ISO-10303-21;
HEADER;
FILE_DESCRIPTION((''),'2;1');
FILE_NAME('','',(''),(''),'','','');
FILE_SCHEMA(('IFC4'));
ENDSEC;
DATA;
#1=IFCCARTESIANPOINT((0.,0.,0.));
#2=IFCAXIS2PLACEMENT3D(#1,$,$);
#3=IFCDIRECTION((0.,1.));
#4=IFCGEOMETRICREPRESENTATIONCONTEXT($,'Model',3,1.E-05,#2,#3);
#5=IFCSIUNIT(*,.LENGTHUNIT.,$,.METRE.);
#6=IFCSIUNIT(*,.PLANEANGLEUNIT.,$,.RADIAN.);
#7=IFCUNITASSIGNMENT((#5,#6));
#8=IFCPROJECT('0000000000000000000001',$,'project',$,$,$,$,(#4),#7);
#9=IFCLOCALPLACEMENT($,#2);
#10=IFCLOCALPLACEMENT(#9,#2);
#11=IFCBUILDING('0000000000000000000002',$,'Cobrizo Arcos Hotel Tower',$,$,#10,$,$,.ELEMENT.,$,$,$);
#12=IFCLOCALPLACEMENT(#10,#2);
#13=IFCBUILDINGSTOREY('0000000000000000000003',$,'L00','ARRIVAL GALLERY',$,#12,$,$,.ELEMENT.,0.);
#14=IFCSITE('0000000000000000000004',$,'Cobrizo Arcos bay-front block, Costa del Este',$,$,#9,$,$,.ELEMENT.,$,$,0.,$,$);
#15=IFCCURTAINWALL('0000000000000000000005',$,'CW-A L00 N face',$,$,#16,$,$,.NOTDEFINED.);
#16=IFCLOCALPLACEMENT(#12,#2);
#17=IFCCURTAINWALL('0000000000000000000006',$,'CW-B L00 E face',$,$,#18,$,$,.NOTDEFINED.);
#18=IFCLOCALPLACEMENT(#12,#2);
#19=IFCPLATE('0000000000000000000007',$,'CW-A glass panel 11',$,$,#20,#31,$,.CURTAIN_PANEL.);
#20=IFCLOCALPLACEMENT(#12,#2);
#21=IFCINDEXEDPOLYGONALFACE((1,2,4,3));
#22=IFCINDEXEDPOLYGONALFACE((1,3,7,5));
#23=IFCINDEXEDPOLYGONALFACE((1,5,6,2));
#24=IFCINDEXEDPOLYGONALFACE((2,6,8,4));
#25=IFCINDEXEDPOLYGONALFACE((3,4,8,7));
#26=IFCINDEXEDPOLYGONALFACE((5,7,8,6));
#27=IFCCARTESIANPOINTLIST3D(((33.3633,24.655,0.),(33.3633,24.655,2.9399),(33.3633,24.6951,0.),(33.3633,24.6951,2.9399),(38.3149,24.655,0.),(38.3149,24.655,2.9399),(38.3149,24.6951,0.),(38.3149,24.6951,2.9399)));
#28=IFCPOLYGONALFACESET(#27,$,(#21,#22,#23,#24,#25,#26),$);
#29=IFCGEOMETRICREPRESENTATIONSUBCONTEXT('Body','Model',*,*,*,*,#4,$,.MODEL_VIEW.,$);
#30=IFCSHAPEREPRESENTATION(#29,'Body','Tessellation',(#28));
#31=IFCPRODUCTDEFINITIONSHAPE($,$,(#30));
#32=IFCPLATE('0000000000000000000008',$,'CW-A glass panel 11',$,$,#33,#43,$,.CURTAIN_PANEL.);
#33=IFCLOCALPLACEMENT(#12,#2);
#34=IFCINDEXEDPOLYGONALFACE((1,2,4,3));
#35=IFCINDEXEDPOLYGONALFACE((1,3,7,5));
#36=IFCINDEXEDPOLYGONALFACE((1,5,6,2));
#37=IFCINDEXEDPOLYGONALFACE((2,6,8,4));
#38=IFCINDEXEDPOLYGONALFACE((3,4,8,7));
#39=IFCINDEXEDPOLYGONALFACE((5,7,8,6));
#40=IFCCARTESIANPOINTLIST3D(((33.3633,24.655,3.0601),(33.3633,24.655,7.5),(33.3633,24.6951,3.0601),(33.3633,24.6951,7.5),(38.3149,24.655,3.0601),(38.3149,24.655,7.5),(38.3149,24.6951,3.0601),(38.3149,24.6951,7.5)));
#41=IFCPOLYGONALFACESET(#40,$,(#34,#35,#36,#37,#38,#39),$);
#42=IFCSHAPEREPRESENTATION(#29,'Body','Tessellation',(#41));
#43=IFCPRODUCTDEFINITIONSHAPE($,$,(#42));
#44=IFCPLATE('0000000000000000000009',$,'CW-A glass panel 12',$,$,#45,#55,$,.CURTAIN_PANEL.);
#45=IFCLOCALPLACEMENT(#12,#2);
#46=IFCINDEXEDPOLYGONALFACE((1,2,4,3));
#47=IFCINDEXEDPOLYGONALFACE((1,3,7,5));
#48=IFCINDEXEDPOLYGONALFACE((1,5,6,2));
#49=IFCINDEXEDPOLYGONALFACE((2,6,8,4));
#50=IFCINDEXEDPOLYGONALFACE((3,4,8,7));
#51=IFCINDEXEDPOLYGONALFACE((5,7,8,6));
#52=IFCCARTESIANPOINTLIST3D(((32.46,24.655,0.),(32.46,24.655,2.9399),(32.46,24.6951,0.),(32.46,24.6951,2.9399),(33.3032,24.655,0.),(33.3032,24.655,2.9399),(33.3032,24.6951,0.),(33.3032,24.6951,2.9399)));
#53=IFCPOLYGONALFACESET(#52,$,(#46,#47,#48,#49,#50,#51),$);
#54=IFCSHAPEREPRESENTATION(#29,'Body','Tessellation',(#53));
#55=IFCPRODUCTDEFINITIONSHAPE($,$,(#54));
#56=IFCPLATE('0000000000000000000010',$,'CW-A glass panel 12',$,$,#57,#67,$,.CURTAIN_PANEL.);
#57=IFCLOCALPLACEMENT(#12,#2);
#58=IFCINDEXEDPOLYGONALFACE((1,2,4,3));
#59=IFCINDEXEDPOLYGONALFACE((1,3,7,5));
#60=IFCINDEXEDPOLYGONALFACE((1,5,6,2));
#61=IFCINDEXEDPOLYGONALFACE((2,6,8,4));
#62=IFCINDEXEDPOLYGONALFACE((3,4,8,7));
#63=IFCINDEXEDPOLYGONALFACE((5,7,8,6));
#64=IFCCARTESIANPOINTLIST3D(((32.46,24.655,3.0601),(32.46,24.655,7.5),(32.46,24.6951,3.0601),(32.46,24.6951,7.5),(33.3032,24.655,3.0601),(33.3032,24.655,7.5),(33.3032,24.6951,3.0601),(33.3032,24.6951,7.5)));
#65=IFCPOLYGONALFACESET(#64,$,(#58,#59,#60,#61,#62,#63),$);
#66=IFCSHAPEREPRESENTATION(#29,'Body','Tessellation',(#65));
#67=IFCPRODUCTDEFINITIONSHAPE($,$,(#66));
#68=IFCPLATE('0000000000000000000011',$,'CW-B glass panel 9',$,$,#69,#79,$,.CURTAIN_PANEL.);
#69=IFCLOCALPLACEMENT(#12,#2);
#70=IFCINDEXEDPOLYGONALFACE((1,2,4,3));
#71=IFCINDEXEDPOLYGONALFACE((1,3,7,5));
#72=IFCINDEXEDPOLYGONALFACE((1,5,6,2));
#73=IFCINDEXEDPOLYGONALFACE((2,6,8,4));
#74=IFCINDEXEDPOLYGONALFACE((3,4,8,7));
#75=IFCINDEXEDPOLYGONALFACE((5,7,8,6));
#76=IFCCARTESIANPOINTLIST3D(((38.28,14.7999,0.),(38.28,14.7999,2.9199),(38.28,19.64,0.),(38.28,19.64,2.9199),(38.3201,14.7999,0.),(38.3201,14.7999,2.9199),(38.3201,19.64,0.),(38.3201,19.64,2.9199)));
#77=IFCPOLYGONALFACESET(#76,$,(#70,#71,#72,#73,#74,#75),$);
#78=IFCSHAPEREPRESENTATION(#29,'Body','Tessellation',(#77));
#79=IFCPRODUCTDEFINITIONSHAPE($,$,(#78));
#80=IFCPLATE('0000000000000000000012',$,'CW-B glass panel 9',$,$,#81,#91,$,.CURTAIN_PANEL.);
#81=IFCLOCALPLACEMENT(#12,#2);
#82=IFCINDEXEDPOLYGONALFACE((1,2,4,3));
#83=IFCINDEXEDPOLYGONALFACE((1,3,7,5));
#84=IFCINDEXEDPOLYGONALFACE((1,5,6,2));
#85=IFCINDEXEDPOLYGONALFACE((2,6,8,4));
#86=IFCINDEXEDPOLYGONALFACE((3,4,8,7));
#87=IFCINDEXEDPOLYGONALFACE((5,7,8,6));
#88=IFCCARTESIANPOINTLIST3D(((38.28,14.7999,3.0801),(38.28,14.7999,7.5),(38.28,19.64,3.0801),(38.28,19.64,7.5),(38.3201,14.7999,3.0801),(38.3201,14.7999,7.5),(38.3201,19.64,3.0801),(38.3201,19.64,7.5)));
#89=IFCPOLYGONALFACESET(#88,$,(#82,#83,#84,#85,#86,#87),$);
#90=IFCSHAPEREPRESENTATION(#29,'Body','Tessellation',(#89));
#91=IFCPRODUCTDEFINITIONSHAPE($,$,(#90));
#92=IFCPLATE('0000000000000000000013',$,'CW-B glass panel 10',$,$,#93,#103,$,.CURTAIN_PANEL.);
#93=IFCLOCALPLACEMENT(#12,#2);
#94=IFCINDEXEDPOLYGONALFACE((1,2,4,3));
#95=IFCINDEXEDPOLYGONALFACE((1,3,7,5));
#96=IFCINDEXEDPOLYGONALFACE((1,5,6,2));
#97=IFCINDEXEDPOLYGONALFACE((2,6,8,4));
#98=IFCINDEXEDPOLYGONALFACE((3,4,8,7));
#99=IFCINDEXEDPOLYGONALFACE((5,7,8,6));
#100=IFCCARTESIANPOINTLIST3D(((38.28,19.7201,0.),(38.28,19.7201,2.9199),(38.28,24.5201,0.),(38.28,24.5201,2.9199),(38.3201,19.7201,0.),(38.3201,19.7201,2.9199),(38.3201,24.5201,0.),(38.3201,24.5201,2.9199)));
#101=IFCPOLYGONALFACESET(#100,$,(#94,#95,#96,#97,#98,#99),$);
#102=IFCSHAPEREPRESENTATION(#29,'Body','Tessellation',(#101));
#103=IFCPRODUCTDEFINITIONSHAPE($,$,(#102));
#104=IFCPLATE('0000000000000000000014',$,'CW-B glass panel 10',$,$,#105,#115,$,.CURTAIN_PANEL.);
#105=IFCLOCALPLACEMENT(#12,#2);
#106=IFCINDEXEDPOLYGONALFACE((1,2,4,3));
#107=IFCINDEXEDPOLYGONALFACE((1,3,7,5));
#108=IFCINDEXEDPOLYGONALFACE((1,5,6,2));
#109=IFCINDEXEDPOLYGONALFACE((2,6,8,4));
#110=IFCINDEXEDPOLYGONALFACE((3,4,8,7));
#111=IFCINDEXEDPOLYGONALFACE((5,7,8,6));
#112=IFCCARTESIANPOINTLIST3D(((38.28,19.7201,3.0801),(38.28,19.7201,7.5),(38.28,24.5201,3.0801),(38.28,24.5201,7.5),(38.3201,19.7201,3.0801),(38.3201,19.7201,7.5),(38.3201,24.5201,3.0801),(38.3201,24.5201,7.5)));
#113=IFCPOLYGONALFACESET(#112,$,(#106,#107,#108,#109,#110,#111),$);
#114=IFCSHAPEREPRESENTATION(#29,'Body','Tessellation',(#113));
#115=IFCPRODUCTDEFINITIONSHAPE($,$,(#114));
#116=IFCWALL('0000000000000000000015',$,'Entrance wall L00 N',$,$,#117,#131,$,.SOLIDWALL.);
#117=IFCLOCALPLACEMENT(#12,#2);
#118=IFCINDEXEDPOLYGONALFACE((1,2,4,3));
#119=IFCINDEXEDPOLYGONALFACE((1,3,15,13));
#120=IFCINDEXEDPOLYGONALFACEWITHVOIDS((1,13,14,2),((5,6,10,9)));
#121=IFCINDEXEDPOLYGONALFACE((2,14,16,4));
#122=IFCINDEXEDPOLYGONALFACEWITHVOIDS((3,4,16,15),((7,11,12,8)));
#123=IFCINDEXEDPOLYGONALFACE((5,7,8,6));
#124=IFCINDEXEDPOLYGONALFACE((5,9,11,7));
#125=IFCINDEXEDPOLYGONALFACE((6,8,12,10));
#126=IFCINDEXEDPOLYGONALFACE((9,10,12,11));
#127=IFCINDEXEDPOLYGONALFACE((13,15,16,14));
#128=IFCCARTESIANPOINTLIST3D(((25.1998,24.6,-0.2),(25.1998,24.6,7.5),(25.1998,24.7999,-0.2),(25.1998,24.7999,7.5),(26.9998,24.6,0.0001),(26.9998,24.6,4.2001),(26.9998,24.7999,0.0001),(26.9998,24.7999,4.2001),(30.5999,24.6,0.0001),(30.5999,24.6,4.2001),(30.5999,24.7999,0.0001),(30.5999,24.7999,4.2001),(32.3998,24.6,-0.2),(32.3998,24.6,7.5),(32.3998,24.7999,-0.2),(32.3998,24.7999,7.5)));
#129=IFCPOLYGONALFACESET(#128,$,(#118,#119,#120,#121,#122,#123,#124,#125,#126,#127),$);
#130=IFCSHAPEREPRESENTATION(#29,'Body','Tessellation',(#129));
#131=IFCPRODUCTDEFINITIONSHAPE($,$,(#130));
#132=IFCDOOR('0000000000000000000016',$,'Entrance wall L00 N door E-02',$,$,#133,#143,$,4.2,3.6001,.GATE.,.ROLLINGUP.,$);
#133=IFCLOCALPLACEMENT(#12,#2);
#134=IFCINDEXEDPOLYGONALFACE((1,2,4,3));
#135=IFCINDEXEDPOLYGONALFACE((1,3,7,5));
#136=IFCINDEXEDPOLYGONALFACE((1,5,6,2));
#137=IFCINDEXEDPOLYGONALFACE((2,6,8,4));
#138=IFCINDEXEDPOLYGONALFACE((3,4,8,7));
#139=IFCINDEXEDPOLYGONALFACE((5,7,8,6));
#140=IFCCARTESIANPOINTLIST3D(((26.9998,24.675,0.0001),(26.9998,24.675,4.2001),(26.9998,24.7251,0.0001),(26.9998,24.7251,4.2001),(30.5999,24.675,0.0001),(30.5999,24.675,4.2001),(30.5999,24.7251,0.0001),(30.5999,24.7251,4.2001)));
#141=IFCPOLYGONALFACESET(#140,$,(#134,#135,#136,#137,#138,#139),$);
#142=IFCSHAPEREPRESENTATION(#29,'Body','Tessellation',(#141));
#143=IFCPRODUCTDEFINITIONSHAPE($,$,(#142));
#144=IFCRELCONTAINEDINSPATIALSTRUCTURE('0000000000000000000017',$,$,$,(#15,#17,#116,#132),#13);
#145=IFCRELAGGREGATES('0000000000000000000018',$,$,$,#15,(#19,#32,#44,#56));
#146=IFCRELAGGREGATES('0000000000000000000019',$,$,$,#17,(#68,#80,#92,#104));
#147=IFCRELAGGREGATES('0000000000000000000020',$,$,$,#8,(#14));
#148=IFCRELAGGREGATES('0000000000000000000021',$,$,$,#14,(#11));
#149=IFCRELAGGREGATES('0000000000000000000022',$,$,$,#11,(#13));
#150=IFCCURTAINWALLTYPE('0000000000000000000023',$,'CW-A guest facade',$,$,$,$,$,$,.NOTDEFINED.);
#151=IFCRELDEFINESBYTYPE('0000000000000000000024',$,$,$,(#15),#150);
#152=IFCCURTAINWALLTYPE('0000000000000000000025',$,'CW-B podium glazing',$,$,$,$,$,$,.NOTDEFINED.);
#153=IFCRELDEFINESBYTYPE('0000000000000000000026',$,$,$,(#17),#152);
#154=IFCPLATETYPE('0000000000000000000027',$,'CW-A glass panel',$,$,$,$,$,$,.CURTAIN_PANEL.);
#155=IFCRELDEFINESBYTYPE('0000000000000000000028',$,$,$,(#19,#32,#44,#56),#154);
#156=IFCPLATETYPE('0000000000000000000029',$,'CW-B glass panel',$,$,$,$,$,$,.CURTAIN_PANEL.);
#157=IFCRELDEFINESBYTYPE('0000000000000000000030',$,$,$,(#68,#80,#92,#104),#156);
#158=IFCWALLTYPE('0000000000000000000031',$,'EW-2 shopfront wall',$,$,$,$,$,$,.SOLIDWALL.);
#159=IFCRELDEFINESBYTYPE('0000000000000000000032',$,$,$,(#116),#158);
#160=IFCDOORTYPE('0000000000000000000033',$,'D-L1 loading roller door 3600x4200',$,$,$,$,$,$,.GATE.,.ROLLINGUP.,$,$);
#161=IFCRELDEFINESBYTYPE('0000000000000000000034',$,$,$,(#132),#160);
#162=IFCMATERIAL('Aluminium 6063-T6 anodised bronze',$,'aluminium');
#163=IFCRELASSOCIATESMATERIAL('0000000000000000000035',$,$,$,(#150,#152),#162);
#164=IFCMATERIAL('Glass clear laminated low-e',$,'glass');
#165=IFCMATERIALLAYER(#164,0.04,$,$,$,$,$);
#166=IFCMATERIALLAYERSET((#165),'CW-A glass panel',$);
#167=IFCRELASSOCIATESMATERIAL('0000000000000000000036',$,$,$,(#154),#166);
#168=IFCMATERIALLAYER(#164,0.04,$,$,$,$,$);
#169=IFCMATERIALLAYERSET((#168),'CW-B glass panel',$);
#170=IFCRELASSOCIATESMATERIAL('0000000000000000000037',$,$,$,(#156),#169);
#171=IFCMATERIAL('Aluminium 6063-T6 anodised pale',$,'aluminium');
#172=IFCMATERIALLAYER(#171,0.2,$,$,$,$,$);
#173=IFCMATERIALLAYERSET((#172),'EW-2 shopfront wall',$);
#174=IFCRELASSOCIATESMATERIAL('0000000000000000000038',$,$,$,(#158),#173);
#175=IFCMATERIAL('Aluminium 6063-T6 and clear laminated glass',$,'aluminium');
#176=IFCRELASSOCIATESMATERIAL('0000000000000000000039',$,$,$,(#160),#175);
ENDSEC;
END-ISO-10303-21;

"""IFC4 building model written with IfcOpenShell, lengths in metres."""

from ifc_helpers import new_model, si_unit, direction, frame, frame_2d, origin, origin_2d, place, context, subcontext, project, spatial, rectangle, extrude, material, layer, layer_set, type_object, element, fill, aggregate, save


model = new_model("IFC4")

# Units and contexts
model_context = context("Model", 3, precision=1e-05, world=origin(), true_north=direction((0.0, 1.0)))
body_context = subcontext(model_context, "Body", "Model", "MODEL_VIEW")
ifc_project = project(units=[si_unit("LENGTHUNIT", "METRE"), si_unit("PLANEANGLEUNIT", "RADIAN")], contexts=[model_context])

# Site, building, storey
site_placement = place(None, origin())
site = spatial("IfcSite", under=ifc_project, at=site_placement, Name="Cobrizo Arcos bay-front block, Costa del Este", CompositionType="ELEMENT", RefElevation=0.0)
building_placement = place(site_placement, origin())
building = spatial("IfcBuilding", under=site, at=building_placement, Name="Cobrizo Arcos Hotel Tower", CompositionType="ELEMENT")
storey_placement = place(building_placement, origin())
storey = spatial("IfcBuildingStorey", under=building, at=storey_placement, Name="L00", Description="ARRIVAL GALLERY", CompositionType="ELEMENT", Elevation=0.0)

# Curtain walls
ifc_material_1 = material(Name="Aluminium 6063-T6 anodised bronze", Category="aluminium")
curtain_wall_type_1 = type_object("IfcCurtainWallType", Name="CW-A guest facade", PredefinedType="NOTDEFINED", material=ifc_material_1)
curtain_wall_1_placement = place(storey_placement, origin())
curtain_wall_1 = element("IfcCurtainWall", 1, at=curtain_wall_1_placement, inside=storey, type_object=curtain_wall_type_1, Name="CW-A L00 N face", PredefinedType="NOTDEFINED")
curtain_wall_type_2 = type_object("IfcCurtainWallType", Name="CW-B podium glazing", PredefinedType="NOTDEFINED", material=ifc_material_1)
curtain_wall_2_placement = place(storey_placement, origin())
curtain_wall_2 = element("IfcCurtainWall", 2, at=curtain_wall_2_placement, inside=storey, type_object=curtain_wall_type_2, Name="CW-B L00 E face", PredefinedType="NOTDEFINED")

# Plates
ifc_material_2 = material(Name="Glass clear laminated low-e", Category="glass")
ifc_layer_1 = layer(ifc_material_2, 0.04)
ifc_layer_set_1 = layer_set([ifc_layer_1], Name="CW-A glass panel")
plate_type_1 = type_object("IfcPlateType", Name="CW-A glass panel", PredefinedType="CURTAIN_PANEL", material=ifc_layer_set_1)
plate_1_placement = place(storey_placement, frame((35.8391, 24.675, 0.0), z_axis=(0.0, 0.0, 1.0), x_axis=(-1.0, 0.0, 0.0)))
plate_1 = element("IfcPlate", 3, at=plate_1_placement, type_object=plate_type_1, Name="CW-A glass panel 11", PredefinedType="CURTAIN_PANEL", context=body_context, shape_type="SweptSolid", body=[
    extrude(rectangle(XDim=4.9517, YDim=0.04, at=origin_2d()), origin(), (0.0, 0.0, 1.0), 2.9399),
])
plate_2_placement = place(storey_placement, frame((35.8391, 24.675, 3.0601), z_axis=(0.0, 0.0, 1.0), x_axis=(-1.0, 0.0, 0.0)))
plate_2 = element("IfcPlate", 4, at=plate_2_placement, type_object=plate_type_1, Name="CW-A glass panel 11", PredefinedType="CURTAIN_PANEL", context=body_context, shape_type="SweptSolid", body=[
    extrude(rectangle(XDim=4.9517, YDim=0.04, at=origin_2d()), origin(), (0.0, 0.0, 1.0), 4.4399),
])
plate_3_placement = place(storey_placement, frame((32.8816, 24.675, 0.0), z_axis=(0.0, 0.0, 1.0), x_axis=(-1.0, 0.0, 0.0)))
plate_3 = element("IfcPlate", 5, at=plate_3_placement, type_object=plate_type_1, Name="CW-A glass panel 12", PredefinedType="CURTAIN_PANEL", context=body_context, shape_type="SweptSolid", body=[
    extrude(rectangle(XDim=0.8433, YDim=0.04, at=origin_2d()), origin(), (0.0, 0.0, 1.0), 2.9399),
])
plate_4_placement = place(storey_placement, frame((32.8816, 24.675, 3.0601), z_axis=(0.0, 0.0, 1.0), x_axis=(-1.0, 0.0, 0.0)))
plate_4 = element("IfcPlate", 6, at=plate_4_placement, type_object=plate_type_1, Name="CW-A glass panel 12", PredefinedType="CURTAIN_PANEL", context=body_context, shape_type="SweptSolid", body=[
    extrude(rectangle(XDim=0.8433, YDim=0.04, at=origin_2d()), origin(), (0.0, 0.0, 1.0), 4.4399),
])
aggregate(curtain_wall_1, [plate_1, plate_2, plate_3, plate_4])
ifc_layer_2 = layer(ifc_material_2, 0.04)
ifc_layer_set_2 = layer_set([ifc_layer_2], Name="CW-B glass panel")
plate_type_2 = type_object("IfcPlateType", Name="CW-B glass panel", PredefinedType="CURTAIN_PANEL", material=ifc_layer_set_2)
plate_5_placement = place(storey_placement, frame((38.3, 17.22, 0.0), z_axis=(0.0, 0.0, 1.0), x_axis=(0.0, 1.0, 0.0)))
plate_5 = element("IfcPlate", 7, at=plate_5_placement, type_object=plate_type_2, Name="CW-B glass panel 9", PredefinedType="CURTAIN_PANEL", context=body_context, shape_type="SweptSolid", body=[
    extrude(rectangle(XDim=4.8401, YDim=0.04, at=origin_2d()), origin(), (0.0, 0.0, 1.0), 2.9199),
])
plate_6_placement = place(storey_placement, frame((38.3, 17.22, 3.0801), z_axis=(0.0, 0.0, 1.0), x_axis=(0.0, 1.0, 0.0)))
plate_6 = element("IfcPlate", 8, at=plate_6_placement, type_object=plate_type_2, Name="CW-B glass panel 9", PredefinedType="CURTAIN_PANEL", context=body_context, shape_type="SweptSolid", body=[
    extrude(rectangle(XDim=4.8401, YDim=0.04, at=origin_2d()), origin(), (0.0, 0.0, 1.0), 4.4199),
])
plate_7_placement = place(storey_placement, frame((38.3, 22.1201, 0.0), z_axis=(0.0, 0.0, 1.0), x_axis=(0.0, 1.0, 0.0)))
plate_7 = element("IfcPlate", 9, at=plate_7_placement, type_object=plate_type_2, Name="CW-B glass panel 10", PredefinedType="CURTAIN_PANEL", context=body_context, shape_type="SweptSolid", body=[
    extrude(rectangle(XDim=4.8, YDim=0.04, at=origin_2d()), origin(), (0.0, 0.0, 1.0), 2.9199),
])
plate_8_placement = place(storey_placement, frame((38.3, 22.1201, 3.0801), z_axis=(0.0, 0.0, 1.0), x_axis=(0.0, 1.0, 0.0)))
plate_8 = element("IfcPlate", 10, at=plate_8_placement, type_object=plate_type_2, Name="CW-B glass panel 10", PredefinedType="CURTAIN_PANEL", context=body_context, shape_type="SweptSolid", body=[
    extrude(rectangle(XDim=4.8, YDim=0.04, at=origin_2d()), origin(), (0.0, 0.0, 1.0), 4.4199),
])
aggregate(curtain_wall_2, [plate_5, plate_6, plate_7, plate_8])

# Wall, opening, door
ifc_material_3 = material(Name="Aluminium 6063-T6 anodised pale", Category="aluminium")
ifc_layer_3 = layer(ifc_material_3, 0.2)
ifc_layer_set_3 = layer_set([ifc_layer_3], Name="EW-2 shopfront wall")
wall_type = type_object("IfcWallType", Name="EW-2 shopfront wall", PredefinedType="SOLIDWALL", material=ifc_layer_set_3)
wall_placement = place(storey_placement, frame((32.3999, 24.7, -0.2), z_axis=(0.0, 0.0, 1.0), x_axis=(-1.0, 0.0, 0.0)))
wall = element("IfcWall", 11, at=wall_placement, inside=storey, type_object=wall_type, Name="Entrance wall L00 N", PredefinedType="SOLIDWALL", context=body_context, shape_type="SweptSolid", body=[
    extrude(rectangle(XDim=7.2, YDim=0.2, at=frame_2d((3.6001, 0.0))), origin(), (0.0, 0.0, 1.0), 7.7),
])
opening_placement = place(wall_placement, frame((1.8, 0.0, 0.2)))
opening = element("IfcOpeningElement", 12, at=opening_placement, cuts=wall, PredefinedType="OPENING", context=body_context, shape_type="SweptSolid", body=[
    extrude(rectangle(XDim=3.6001, YDim=4.2, at=frame_2d((1.8, 2.1001))), frame((0.0, 0.1121, 0.0), z_axis=(0.0, -1.0, 0.0), x_axis=(1.0, 0.0, 0.0)), (0.0, 0.0, 1.0), 0.2239),
])
ifc_material_4 = material(Name="Aluminium 6063-T6 and clear laminated glass", Category="aluminium")
door_type = type_object("IfcDoorType", Name="D-L1 loading roller door 3600x4200", OperationType="ROLLINGUP", PredefinedType="GATE", material=ifc_material_4)
door_placement = place(opening_placement, origin())
door = element("IfcDoor", 13, at=door_placement, inside=storey, type_object=door_type, Name="Entrance wall L00 N door E-02", OperationType="ROLLINGUP", OverallHeight=4.2, OverallWidth=3.6001, PredefinedType="GATE", context=body_context, shape_type="SweptSolid", body=[
    extrude(rectangle(XDim=3.6001, YDim=4.2, at=frame_2d((1.8, 2.1001))), frame((0.0, 0.0249, 0.0), z_axis=(0.0, -1.0, 0.0), x_axis=(1.0, 0.0, 0.0)), (0.0, 0.0, 1.0), 0.05),
])
fill(opening, door)

save(model, "model.ifc")
